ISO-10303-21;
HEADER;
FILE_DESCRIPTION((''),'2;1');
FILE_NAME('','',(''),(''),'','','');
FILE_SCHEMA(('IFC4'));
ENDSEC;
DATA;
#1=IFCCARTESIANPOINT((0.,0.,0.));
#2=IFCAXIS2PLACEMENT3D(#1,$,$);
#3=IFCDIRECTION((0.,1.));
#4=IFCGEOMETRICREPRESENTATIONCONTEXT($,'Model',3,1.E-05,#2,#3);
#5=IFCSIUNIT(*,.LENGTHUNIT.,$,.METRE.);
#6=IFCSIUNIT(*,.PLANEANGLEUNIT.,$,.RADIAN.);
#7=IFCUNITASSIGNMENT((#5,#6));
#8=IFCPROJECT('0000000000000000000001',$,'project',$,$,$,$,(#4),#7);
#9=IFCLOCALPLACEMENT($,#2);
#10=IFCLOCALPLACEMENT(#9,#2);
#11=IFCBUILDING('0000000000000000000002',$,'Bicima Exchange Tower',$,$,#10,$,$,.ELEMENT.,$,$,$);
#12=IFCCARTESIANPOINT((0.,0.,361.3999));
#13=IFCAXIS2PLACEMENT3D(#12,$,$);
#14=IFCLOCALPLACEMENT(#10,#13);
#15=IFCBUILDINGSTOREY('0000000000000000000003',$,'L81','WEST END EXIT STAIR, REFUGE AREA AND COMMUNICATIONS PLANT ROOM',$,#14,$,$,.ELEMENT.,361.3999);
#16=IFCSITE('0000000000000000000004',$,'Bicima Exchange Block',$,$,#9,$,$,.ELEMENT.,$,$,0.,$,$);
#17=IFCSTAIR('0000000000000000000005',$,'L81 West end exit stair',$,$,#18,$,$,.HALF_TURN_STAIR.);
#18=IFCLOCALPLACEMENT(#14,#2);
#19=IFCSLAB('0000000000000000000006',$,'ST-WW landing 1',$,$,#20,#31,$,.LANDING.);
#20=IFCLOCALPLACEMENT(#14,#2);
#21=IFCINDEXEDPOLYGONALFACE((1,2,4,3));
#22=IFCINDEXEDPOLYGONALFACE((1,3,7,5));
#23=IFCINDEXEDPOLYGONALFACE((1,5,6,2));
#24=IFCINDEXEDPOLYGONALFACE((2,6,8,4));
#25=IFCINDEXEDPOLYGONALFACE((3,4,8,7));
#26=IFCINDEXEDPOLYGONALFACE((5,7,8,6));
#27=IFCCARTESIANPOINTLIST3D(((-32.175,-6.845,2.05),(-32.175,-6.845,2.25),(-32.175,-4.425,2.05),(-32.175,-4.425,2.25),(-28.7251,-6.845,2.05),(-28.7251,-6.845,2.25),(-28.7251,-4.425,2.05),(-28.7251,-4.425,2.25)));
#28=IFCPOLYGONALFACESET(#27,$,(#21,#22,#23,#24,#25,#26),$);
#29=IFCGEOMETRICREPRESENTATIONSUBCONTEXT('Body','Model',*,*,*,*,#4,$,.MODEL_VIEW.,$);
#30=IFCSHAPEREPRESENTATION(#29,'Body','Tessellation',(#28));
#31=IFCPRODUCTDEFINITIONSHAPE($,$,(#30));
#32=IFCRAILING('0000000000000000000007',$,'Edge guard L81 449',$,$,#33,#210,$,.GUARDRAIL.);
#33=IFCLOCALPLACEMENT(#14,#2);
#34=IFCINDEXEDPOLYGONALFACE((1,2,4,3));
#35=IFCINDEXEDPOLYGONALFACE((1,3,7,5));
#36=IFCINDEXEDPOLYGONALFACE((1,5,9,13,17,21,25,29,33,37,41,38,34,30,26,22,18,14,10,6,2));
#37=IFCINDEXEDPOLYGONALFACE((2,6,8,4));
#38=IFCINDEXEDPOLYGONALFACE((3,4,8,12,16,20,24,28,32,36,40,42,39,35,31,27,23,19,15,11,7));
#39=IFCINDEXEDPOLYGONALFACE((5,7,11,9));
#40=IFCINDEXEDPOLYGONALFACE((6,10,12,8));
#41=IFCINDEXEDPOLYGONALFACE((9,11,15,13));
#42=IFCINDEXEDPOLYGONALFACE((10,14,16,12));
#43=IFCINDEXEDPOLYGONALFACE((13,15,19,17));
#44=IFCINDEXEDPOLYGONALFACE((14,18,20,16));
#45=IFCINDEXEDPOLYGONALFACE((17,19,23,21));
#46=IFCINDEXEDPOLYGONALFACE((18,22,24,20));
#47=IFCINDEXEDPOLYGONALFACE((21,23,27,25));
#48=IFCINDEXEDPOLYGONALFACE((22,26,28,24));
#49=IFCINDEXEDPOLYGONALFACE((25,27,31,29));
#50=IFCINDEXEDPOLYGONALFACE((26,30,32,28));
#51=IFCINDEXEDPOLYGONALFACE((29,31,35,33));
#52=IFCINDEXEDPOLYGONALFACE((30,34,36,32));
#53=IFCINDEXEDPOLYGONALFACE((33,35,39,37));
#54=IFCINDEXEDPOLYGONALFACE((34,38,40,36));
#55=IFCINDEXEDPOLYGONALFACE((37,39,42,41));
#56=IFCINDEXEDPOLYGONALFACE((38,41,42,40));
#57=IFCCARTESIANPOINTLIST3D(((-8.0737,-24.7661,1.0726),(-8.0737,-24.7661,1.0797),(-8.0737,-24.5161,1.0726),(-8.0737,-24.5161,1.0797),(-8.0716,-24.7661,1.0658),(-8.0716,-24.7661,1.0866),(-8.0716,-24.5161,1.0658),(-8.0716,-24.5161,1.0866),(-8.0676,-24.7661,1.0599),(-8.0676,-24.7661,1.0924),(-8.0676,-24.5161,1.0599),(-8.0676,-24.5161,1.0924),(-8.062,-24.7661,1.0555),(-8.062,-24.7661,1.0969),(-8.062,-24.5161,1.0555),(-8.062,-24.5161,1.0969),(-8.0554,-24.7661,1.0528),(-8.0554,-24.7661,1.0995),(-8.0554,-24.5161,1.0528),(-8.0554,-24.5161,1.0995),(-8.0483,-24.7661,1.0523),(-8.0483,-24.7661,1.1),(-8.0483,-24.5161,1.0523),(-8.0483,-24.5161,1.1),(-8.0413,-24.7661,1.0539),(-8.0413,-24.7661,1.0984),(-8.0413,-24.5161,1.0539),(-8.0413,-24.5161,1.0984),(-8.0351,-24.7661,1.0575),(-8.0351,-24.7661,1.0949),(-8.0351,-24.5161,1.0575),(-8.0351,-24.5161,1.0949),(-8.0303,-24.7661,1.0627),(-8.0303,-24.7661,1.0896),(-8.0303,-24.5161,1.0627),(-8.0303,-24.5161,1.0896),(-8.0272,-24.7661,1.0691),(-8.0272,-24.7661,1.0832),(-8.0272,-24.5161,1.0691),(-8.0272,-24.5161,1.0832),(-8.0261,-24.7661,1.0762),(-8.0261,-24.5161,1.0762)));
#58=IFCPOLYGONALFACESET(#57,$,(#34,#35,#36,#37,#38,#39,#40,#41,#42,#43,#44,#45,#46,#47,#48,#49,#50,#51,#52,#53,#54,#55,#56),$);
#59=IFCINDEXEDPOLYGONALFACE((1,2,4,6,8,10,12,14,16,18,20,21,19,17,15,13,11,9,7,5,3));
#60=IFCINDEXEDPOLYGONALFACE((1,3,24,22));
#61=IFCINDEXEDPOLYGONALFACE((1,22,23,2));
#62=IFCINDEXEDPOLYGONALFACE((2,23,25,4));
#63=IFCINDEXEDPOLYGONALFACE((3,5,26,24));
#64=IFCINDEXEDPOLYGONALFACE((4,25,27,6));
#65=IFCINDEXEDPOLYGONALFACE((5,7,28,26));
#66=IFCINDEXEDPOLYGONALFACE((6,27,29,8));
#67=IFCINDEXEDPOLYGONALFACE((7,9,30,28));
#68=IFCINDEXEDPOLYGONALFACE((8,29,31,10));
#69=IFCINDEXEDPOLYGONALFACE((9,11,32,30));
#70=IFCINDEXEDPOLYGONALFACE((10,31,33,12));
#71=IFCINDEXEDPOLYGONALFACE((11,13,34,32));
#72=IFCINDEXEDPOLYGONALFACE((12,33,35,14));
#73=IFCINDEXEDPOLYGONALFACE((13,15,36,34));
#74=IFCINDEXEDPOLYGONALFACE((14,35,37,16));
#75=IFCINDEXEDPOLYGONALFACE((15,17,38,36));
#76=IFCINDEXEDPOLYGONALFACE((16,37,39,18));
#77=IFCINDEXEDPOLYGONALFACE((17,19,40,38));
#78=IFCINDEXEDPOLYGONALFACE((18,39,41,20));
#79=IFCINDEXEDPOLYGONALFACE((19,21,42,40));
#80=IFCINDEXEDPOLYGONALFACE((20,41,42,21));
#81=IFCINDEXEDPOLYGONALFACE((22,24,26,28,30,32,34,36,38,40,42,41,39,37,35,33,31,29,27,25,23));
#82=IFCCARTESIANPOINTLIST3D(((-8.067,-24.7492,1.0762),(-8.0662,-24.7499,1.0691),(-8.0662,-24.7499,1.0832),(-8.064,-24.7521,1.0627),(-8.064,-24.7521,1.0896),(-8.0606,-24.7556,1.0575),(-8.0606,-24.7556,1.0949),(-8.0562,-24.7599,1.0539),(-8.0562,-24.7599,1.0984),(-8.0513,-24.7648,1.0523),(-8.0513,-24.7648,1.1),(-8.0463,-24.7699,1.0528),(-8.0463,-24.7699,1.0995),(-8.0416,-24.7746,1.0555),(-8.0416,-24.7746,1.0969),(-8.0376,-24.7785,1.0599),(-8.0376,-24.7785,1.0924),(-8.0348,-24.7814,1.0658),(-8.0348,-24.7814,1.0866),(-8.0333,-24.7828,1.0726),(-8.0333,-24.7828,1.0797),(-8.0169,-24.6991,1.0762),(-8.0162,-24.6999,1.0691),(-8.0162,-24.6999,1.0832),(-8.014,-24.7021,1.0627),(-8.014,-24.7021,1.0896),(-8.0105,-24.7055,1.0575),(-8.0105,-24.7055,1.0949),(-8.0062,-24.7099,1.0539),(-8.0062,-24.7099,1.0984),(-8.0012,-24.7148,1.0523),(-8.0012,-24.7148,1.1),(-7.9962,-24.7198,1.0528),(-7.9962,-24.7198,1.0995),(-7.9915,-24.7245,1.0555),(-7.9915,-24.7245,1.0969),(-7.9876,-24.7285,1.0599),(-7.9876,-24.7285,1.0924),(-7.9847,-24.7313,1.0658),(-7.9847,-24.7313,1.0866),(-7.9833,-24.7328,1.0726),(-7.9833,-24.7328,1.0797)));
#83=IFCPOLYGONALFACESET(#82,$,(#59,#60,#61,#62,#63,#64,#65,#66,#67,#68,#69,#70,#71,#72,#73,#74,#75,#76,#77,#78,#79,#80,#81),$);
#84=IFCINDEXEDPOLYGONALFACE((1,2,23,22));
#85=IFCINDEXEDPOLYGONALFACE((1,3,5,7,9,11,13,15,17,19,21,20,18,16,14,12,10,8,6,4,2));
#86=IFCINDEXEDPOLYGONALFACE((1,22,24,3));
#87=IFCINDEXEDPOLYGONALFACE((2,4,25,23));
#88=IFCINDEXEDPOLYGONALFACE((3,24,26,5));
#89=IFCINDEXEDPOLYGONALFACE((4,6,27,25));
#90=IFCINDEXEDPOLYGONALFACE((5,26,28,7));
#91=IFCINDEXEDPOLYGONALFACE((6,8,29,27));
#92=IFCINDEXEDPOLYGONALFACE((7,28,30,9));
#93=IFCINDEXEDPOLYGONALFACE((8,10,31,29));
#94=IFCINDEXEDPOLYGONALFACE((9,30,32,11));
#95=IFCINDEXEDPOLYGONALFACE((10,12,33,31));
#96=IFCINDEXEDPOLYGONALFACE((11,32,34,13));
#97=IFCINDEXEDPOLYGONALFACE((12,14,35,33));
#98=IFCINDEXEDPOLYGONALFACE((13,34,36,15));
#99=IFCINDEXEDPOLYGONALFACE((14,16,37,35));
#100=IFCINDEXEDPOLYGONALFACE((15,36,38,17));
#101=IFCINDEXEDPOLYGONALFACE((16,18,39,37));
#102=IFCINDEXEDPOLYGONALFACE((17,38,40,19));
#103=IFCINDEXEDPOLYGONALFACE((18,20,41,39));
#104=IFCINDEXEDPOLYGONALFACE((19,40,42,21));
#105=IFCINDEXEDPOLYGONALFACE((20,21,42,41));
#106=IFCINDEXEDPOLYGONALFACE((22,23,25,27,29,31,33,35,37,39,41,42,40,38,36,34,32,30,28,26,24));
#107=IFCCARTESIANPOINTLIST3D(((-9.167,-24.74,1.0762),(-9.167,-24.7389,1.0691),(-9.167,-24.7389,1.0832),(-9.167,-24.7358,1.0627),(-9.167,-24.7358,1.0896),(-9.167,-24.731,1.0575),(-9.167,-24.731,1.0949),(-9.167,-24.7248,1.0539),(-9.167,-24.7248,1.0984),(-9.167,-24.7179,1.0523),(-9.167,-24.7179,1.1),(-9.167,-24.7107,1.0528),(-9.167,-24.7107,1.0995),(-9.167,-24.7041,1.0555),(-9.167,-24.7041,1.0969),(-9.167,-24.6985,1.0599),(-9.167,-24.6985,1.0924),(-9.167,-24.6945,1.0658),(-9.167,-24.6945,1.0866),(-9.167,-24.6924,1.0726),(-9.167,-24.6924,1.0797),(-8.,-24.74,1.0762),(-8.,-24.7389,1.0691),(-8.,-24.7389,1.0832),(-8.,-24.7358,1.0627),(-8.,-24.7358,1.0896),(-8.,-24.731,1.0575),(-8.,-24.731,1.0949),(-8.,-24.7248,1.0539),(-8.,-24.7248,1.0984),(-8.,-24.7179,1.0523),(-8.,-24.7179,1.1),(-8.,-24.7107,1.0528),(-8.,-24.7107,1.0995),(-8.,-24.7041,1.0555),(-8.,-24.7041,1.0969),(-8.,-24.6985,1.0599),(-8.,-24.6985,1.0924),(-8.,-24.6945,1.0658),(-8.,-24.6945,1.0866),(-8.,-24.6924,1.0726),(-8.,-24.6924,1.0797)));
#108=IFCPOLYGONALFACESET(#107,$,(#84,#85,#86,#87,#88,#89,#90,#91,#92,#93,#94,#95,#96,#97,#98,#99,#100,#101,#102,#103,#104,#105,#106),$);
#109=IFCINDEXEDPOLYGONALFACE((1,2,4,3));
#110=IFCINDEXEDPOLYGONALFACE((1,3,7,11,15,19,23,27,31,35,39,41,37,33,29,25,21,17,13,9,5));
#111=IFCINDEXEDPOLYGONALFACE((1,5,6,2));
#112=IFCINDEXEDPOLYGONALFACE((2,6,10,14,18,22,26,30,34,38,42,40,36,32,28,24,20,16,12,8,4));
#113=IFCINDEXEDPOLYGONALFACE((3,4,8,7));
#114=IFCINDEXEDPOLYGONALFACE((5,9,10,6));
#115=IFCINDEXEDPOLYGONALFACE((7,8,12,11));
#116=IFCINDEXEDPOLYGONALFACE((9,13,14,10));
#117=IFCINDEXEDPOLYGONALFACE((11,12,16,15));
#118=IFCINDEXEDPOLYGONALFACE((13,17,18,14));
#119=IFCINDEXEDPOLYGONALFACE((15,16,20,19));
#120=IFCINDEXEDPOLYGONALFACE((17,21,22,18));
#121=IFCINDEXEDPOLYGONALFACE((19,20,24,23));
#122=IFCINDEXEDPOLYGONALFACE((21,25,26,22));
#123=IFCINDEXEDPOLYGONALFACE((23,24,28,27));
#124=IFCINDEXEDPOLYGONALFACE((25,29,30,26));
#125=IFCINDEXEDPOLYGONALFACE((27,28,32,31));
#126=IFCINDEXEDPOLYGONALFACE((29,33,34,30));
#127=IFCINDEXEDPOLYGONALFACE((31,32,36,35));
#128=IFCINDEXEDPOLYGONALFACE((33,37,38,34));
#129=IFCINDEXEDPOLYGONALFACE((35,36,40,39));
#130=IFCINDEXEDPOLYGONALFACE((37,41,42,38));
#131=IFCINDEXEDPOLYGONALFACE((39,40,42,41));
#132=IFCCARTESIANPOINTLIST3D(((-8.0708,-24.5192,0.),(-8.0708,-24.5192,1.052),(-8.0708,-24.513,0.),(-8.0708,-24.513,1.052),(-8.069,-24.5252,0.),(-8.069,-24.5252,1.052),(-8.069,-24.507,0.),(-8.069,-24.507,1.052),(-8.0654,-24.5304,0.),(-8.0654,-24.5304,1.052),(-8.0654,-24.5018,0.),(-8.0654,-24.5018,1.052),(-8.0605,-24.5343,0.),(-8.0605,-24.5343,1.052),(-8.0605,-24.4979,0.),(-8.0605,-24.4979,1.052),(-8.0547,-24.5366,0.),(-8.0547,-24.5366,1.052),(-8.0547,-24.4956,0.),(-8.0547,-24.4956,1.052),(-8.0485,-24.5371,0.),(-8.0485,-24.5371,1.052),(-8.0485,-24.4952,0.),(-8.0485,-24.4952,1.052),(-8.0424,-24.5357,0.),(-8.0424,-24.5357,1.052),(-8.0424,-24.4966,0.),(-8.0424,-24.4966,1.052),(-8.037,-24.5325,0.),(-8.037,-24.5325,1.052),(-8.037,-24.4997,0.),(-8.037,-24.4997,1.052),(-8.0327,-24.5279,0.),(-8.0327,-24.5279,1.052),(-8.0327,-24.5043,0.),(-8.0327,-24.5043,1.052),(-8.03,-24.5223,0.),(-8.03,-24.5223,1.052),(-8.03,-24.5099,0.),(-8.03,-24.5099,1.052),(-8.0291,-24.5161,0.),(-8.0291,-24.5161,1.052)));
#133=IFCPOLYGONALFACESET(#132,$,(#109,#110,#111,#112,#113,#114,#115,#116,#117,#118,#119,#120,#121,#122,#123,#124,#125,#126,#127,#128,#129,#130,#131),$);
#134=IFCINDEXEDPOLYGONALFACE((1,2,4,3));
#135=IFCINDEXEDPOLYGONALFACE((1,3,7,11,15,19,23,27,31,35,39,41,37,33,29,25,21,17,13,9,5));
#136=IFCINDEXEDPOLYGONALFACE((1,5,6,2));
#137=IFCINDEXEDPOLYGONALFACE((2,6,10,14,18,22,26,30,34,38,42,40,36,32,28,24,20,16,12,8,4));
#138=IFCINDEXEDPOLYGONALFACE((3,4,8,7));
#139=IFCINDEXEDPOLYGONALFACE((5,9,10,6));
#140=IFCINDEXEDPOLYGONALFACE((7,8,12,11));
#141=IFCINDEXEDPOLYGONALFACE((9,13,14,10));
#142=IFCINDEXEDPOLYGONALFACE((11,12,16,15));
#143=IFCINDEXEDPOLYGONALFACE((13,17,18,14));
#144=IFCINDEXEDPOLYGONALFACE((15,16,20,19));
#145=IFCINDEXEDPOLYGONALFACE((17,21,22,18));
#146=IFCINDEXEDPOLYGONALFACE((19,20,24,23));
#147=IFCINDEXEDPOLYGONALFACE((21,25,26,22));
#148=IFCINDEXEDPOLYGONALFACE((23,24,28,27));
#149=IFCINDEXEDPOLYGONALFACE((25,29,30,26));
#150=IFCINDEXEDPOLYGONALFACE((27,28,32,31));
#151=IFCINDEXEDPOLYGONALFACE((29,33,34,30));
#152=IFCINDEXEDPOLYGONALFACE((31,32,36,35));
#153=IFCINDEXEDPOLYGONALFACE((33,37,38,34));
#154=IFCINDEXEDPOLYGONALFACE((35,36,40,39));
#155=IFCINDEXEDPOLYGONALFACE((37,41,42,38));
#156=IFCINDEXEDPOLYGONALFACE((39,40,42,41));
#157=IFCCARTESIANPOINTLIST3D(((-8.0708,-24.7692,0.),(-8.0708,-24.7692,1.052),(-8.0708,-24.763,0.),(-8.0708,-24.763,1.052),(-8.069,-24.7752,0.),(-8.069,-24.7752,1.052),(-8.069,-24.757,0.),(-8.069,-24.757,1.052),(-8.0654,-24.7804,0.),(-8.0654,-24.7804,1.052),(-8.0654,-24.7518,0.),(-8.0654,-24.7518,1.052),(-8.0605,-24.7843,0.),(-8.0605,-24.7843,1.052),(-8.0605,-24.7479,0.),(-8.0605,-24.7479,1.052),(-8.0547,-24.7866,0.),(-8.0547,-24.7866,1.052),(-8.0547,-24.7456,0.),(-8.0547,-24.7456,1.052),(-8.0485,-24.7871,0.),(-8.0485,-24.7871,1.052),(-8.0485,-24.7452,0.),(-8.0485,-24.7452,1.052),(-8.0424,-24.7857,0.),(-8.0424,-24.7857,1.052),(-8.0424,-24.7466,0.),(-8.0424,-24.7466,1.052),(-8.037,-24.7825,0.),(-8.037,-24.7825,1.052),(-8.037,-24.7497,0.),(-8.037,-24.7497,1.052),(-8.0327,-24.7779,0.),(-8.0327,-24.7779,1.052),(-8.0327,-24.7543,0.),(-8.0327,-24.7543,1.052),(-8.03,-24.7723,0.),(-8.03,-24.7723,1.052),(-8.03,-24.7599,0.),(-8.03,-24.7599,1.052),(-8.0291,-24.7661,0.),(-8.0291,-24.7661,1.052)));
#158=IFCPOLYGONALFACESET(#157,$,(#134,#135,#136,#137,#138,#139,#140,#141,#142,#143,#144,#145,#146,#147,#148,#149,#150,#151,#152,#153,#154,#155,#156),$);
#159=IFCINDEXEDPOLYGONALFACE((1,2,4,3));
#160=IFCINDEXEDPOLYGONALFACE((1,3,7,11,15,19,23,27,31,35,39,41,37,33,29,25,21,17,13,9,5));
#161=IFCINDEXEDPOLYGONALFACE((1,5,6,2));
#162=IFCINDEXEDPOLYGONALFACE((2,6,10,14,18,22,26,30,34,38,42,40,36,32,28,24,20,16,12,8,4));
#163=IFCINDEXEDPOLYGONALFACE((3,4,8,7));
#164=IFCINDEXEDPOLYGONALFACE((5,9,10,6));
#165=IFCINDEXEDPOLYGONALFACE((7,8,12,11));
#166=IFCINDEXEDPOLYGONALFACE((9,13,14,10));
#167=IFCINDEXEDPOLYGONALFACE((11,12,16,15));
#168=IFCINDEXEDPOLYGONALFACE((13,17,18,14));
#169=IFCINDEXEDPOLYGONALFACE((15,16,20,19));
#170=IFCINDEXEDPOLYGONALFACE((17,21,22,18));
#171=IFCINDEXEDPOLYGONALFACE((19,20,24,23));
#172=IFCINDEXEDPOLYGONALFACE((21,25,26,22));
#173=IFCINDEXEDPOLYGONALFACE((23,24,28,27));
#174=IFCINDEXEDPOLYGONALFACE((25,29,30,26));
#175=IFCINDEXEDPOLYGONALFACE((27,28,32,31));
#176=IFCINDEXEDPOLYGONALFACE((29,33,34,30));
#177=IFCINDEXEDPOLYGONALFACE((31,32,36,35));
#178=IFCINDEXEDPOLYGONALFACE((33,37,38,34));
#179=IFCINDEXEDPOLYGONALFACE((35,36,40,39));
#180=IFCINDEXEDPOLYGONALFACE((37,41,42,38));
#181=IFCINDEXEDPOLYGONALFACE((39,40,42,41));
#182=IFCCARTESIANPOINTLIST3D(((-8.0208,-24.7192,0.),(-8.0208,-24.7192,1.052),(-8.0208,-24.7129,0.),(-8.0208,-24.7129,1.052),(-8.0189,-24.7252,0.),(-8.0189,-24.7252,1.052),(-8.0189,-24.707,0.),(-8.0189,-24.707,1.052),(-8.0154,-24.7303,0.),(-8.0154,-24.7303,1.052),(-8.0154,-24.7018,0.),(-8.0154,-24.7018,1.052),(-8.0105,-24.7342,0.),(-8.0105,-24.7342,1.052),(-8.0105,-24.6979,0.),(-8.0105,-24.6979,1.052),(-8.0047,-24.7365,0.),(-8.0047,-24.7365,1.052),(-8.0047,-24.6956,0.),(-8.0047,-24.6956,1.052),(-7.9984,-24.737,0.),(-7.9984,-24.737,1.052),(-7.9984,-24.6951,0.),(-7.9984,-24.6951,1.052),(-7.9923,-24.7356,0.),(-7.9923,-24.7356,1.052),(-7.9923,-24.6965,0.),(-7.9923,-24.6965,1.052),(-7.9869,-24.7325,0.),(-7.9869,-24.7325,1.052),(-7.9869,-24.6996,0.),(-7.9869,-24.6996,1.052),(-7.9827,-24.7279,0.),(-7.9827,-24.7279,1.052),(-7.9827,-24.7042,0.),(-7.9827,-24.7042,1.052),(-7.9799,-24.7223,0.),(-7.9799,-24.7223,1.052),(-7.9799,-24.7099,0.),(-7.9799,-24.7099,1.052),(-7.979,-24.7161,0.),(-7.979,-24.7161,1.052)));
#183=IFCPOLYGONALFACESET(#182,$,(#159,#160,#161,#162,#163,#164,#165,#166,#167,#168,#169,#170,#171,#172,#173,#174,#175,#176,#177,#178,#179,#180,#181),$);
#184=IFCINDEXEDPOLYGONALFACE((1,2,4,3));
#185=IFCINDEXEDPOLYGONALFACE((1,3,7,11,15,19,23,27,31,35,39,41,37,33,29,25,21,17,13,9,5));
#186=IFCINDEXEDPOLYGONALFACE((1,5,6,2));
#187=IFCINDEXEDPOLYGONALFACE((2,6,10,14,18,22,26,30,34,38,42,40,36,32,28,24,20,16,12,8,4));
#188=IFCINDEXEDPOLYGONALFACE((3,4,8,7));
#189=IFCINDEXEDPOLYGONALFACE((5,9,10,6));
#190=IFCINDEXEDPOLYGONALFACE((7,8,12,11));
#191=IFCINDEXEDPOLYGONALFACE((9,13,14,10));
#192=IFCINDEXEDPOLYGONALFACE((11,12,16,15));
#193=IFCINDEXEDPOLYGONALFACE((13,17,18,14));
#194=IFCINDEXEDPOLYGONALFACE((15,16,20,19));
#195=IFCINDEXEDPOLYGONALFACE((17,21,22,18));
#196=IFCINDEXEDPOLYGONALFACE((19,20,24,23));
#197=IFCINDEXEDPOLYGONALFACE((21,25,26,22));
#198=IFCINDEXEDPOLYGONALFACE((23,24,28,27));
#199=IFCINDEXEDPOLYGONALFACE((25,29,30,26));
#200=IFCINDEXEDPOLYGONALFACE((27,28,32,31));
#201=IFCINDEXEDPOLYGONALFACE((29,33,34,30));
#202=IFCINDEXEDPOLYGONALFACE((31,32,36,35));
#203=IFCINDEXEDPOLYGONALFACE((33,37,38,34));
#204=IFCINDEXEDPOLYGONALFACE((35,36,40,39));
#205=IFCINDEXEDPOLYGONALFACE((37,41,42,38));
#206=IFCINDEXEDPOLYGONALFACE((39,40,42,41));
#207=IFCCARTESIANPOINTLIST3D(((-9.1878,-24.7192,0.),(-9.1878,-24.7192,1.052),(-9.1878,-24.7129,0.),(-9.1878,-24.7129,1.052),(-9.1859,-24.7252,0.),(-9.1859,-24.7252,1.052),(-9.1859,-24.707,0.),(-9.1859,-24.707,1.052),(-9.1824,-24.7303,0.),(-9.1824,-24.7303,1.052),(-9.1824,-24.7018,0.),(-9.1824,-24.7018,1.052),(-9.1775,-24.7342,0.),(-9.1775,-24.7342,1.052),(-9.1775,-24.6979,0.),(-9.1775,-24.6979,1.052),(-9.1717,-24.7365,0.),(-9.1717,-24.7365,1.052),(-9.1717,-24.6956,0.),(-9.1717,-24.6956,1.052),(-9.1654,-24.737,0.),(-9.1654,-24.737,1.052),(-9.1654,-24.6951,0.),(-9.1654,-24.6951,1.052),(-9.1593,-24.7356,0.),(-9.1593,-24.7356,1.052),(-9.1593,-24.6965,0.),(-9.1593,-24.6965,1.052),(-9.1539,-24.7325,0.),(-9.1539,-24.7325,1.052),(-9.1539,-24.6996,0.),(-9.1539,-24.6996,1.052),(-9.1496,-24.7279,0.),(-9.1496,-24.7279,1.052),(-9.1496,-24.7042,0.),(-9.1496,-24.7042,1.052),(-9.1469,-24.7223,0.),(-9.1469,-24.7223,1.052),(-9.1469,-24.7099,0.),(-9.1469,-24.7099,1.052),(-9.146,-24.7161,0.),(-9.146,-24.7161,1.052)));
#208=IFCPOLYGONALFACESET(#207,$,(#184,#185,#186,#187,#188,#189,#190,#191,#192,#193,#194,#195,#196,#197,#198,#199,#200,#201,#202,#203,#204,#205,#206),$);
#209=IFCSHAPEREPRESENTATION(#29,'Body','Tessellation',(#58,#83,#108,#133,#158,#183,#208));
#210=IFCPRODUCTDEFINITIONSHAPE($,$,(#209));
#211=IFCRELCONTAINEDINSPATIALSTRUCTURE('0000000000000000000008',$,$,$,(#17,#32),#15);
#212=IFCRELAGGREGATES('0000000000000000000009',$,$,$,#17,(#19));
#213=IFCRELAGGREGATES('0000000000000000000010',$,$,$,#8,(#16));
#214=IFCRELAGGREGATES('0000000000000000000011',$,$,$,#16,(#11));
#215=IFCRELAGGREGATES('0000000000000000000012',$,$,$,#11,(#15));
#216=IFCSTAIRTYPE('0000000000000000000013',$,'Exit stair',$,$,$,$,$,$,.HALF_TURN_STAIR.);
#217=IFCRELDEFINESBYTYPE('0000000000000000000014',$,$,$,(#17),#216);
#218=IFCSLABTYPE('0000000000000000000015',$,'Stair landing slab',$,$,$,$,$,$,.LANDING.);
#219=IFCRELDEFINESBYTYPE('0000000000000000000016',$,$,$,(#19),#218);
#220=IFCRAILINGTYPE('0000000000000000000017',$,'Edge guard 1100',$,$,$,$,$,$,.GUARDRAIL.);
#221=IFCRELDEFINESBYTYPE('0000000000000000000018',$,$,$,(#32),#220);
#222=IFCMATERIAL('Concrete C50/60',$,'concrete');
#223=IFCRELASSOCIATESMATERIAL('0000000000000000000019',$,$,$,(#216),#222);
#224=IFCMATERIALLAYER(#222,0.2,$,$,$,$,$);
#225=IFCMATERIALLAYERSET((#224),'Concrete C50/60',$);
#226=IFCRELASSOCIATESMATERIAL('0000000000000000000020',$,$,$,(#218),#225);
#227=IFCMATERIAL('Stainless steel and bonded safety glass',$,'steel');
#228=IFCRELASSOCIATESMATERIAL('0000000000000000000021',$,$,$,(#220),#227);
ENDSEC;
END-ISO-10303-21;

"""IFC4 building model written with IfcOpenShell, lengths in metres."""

from ifc_helpers import new_model, si_unit, direction, frame, origin, origin_2d, place, context, subcontext, project, spatial, polyline, circle, outline, extrude, material, layer, layer_set, type_object, element, aggregate, save


model = new_model("IFC4")

# Units and contexts
model_context = context("Model", 3, precision=1e-05, world=origin(), true_north=direction((0.0, 1.0)))
body_context = subcontext(model_context, "Body", "Model", "MODEL_VIEW")
ifc_project = project(units=[si_unit("LENGTHUNIT", "METRE"), si_unit("PLANEANGLEUNIT", "RADIAN")], contexts=[model_context])

# Site, building, storey
site_placement = place(None, origin())
site = spatial("IfcSite", under=ifc_project, at=site_placement, Name="Bicima Exchange Block", CompositionType="ELEMENT", RefElevation=0.0)
building_placement = place(site_placement, origin())
building = spatial("IfcBuilding", under=site, at=building_placement, Name="Bicima Exchange Tower", CompositionType="ELEMENT")
storey_placement = place(building_placement, frame((0.0, 0.0, 361.3999)))
storey = spatial("IfcBuildingStorey", under=building, at=storey_placement, Name="L81", Description="WEST END EXIT STAIR, REFUGE AREA AND COMMUNICATIONS PLANT ROOM", CompositionType="ELEMENT", Elevation=361.3999)

# Stair, slab
ifc_material_1 = material(Name="Concrete C50/60", Category="concrete")
stair_type_1 = type_object("IfcStairType", Name="Exit stair", PredefinedType="HALF_TURN_STAIR", material=ifc_material_1)
ifc_layer_1 = layer(ifc_material_1, 0.2)
ifc_layer_set_1 = layer_set([ifc_layer_1], Name="Concrete C50/60")
slab_type_1 = type_object("IfcSlabType", Name="Stair landing slab", PredefinedType="LANDING", material=ifc_layer_set_1)
stair_1_placement = place(storey_placement, origin())
stair_1 = element("IfcStair", 1, at=stair_1_placement, inside=storey, type_object=stair_type_1, Name="L81 West end exit stair", PredefinedType="HALF_TURN_STAIR")
slab_1_placement = place(storey_placement, frame((0.0, 0.0, 2.05)))
slab_1 = element("IfcSlab", 2, at=slab_1_placement, type_object=slab_type_1, Name="ST-WW landing 1", PredefinedType="LANDING", context=body_context, shape_type="SweptSolid", body=[
    extrude(outline(polyline([(-28.7251, -6.845), (-28.7251, -4.425), (-32.175, -4.425), (-32.175, -6.845), (-28.7251, -6.845)])), origin(), (0.0, 0.0, 1.0), 0.2),
])
aggregate(stair_1, [slab_1])

# Railing
ifc_material_2 = material(Name="Stainless steel and bonded safety glass", Category="steel")
railing_type = type_object("IfcRailingType", Name="Edge guard 1100", PredefinedType="GUARDRAIL", material=ifc_material_2)
railing_placement = place(storey_placement, frame((-8.05, -24.5161, 0.0)))
element("IfcRailing", 3, at=railing_placement, inside=storey, type_object=railing_type, Name="Edge guard L81 449", PredefinedType="GUARDRAIL", context=body_context, shape_type="SweptSolid", body=[
    extrude(circle(Radius=0.0239, at=origin_2d()), frame((0.0, 0.0, 1.0762), z_axis=(0.0, -1.0, 0.0), x_axis=(1.0, 0.0, 0.0)), (0.0, 0.0, 1.0), 0.25),
    extrude(circle(Radius=0.0239, at=origin_2d()), frame((0.0, -0.25, 1.0762), z_axis=(0.707107, 0.707107, 0.0), x_axis=(-0.707107, 0.707107, 0.0)), (0.0, 0.0, 1.0), 0.0708),
    extrude(circle(Radius=0.0239, at=origin_2d()), frame((0.05, -0.2, 1.0762), z_axis=(-1.0, 0.0, 0.0), x_axis=(0.0, -1.0, 0.0)), (0.0, 0.0, 1.0), 1.167),
    extrude(circle(Radius=0.021, at=origin_2d()), origin(), (0.0, 0.0, 1.0), 1.052),
    extrude(circle(Radius=0.021, at=origin_2d()), frame((0.0, -0.25, 0.0)), (0.0, 0.0, 1.0), 1.052),
    extrude(circle(Radius=0.021, at=origin_2d()), frame((0.05, -0.2, 0.0)), (0.0, 0.0, 1.0), 1.052),
    extrude(circle(Radius=0.021, at=origin_2d()), frame((-1.1169, -0.2, 0.0)), (0.0, 0.0, 1.0), 1.052),
])

save(model, "model.ifc")
